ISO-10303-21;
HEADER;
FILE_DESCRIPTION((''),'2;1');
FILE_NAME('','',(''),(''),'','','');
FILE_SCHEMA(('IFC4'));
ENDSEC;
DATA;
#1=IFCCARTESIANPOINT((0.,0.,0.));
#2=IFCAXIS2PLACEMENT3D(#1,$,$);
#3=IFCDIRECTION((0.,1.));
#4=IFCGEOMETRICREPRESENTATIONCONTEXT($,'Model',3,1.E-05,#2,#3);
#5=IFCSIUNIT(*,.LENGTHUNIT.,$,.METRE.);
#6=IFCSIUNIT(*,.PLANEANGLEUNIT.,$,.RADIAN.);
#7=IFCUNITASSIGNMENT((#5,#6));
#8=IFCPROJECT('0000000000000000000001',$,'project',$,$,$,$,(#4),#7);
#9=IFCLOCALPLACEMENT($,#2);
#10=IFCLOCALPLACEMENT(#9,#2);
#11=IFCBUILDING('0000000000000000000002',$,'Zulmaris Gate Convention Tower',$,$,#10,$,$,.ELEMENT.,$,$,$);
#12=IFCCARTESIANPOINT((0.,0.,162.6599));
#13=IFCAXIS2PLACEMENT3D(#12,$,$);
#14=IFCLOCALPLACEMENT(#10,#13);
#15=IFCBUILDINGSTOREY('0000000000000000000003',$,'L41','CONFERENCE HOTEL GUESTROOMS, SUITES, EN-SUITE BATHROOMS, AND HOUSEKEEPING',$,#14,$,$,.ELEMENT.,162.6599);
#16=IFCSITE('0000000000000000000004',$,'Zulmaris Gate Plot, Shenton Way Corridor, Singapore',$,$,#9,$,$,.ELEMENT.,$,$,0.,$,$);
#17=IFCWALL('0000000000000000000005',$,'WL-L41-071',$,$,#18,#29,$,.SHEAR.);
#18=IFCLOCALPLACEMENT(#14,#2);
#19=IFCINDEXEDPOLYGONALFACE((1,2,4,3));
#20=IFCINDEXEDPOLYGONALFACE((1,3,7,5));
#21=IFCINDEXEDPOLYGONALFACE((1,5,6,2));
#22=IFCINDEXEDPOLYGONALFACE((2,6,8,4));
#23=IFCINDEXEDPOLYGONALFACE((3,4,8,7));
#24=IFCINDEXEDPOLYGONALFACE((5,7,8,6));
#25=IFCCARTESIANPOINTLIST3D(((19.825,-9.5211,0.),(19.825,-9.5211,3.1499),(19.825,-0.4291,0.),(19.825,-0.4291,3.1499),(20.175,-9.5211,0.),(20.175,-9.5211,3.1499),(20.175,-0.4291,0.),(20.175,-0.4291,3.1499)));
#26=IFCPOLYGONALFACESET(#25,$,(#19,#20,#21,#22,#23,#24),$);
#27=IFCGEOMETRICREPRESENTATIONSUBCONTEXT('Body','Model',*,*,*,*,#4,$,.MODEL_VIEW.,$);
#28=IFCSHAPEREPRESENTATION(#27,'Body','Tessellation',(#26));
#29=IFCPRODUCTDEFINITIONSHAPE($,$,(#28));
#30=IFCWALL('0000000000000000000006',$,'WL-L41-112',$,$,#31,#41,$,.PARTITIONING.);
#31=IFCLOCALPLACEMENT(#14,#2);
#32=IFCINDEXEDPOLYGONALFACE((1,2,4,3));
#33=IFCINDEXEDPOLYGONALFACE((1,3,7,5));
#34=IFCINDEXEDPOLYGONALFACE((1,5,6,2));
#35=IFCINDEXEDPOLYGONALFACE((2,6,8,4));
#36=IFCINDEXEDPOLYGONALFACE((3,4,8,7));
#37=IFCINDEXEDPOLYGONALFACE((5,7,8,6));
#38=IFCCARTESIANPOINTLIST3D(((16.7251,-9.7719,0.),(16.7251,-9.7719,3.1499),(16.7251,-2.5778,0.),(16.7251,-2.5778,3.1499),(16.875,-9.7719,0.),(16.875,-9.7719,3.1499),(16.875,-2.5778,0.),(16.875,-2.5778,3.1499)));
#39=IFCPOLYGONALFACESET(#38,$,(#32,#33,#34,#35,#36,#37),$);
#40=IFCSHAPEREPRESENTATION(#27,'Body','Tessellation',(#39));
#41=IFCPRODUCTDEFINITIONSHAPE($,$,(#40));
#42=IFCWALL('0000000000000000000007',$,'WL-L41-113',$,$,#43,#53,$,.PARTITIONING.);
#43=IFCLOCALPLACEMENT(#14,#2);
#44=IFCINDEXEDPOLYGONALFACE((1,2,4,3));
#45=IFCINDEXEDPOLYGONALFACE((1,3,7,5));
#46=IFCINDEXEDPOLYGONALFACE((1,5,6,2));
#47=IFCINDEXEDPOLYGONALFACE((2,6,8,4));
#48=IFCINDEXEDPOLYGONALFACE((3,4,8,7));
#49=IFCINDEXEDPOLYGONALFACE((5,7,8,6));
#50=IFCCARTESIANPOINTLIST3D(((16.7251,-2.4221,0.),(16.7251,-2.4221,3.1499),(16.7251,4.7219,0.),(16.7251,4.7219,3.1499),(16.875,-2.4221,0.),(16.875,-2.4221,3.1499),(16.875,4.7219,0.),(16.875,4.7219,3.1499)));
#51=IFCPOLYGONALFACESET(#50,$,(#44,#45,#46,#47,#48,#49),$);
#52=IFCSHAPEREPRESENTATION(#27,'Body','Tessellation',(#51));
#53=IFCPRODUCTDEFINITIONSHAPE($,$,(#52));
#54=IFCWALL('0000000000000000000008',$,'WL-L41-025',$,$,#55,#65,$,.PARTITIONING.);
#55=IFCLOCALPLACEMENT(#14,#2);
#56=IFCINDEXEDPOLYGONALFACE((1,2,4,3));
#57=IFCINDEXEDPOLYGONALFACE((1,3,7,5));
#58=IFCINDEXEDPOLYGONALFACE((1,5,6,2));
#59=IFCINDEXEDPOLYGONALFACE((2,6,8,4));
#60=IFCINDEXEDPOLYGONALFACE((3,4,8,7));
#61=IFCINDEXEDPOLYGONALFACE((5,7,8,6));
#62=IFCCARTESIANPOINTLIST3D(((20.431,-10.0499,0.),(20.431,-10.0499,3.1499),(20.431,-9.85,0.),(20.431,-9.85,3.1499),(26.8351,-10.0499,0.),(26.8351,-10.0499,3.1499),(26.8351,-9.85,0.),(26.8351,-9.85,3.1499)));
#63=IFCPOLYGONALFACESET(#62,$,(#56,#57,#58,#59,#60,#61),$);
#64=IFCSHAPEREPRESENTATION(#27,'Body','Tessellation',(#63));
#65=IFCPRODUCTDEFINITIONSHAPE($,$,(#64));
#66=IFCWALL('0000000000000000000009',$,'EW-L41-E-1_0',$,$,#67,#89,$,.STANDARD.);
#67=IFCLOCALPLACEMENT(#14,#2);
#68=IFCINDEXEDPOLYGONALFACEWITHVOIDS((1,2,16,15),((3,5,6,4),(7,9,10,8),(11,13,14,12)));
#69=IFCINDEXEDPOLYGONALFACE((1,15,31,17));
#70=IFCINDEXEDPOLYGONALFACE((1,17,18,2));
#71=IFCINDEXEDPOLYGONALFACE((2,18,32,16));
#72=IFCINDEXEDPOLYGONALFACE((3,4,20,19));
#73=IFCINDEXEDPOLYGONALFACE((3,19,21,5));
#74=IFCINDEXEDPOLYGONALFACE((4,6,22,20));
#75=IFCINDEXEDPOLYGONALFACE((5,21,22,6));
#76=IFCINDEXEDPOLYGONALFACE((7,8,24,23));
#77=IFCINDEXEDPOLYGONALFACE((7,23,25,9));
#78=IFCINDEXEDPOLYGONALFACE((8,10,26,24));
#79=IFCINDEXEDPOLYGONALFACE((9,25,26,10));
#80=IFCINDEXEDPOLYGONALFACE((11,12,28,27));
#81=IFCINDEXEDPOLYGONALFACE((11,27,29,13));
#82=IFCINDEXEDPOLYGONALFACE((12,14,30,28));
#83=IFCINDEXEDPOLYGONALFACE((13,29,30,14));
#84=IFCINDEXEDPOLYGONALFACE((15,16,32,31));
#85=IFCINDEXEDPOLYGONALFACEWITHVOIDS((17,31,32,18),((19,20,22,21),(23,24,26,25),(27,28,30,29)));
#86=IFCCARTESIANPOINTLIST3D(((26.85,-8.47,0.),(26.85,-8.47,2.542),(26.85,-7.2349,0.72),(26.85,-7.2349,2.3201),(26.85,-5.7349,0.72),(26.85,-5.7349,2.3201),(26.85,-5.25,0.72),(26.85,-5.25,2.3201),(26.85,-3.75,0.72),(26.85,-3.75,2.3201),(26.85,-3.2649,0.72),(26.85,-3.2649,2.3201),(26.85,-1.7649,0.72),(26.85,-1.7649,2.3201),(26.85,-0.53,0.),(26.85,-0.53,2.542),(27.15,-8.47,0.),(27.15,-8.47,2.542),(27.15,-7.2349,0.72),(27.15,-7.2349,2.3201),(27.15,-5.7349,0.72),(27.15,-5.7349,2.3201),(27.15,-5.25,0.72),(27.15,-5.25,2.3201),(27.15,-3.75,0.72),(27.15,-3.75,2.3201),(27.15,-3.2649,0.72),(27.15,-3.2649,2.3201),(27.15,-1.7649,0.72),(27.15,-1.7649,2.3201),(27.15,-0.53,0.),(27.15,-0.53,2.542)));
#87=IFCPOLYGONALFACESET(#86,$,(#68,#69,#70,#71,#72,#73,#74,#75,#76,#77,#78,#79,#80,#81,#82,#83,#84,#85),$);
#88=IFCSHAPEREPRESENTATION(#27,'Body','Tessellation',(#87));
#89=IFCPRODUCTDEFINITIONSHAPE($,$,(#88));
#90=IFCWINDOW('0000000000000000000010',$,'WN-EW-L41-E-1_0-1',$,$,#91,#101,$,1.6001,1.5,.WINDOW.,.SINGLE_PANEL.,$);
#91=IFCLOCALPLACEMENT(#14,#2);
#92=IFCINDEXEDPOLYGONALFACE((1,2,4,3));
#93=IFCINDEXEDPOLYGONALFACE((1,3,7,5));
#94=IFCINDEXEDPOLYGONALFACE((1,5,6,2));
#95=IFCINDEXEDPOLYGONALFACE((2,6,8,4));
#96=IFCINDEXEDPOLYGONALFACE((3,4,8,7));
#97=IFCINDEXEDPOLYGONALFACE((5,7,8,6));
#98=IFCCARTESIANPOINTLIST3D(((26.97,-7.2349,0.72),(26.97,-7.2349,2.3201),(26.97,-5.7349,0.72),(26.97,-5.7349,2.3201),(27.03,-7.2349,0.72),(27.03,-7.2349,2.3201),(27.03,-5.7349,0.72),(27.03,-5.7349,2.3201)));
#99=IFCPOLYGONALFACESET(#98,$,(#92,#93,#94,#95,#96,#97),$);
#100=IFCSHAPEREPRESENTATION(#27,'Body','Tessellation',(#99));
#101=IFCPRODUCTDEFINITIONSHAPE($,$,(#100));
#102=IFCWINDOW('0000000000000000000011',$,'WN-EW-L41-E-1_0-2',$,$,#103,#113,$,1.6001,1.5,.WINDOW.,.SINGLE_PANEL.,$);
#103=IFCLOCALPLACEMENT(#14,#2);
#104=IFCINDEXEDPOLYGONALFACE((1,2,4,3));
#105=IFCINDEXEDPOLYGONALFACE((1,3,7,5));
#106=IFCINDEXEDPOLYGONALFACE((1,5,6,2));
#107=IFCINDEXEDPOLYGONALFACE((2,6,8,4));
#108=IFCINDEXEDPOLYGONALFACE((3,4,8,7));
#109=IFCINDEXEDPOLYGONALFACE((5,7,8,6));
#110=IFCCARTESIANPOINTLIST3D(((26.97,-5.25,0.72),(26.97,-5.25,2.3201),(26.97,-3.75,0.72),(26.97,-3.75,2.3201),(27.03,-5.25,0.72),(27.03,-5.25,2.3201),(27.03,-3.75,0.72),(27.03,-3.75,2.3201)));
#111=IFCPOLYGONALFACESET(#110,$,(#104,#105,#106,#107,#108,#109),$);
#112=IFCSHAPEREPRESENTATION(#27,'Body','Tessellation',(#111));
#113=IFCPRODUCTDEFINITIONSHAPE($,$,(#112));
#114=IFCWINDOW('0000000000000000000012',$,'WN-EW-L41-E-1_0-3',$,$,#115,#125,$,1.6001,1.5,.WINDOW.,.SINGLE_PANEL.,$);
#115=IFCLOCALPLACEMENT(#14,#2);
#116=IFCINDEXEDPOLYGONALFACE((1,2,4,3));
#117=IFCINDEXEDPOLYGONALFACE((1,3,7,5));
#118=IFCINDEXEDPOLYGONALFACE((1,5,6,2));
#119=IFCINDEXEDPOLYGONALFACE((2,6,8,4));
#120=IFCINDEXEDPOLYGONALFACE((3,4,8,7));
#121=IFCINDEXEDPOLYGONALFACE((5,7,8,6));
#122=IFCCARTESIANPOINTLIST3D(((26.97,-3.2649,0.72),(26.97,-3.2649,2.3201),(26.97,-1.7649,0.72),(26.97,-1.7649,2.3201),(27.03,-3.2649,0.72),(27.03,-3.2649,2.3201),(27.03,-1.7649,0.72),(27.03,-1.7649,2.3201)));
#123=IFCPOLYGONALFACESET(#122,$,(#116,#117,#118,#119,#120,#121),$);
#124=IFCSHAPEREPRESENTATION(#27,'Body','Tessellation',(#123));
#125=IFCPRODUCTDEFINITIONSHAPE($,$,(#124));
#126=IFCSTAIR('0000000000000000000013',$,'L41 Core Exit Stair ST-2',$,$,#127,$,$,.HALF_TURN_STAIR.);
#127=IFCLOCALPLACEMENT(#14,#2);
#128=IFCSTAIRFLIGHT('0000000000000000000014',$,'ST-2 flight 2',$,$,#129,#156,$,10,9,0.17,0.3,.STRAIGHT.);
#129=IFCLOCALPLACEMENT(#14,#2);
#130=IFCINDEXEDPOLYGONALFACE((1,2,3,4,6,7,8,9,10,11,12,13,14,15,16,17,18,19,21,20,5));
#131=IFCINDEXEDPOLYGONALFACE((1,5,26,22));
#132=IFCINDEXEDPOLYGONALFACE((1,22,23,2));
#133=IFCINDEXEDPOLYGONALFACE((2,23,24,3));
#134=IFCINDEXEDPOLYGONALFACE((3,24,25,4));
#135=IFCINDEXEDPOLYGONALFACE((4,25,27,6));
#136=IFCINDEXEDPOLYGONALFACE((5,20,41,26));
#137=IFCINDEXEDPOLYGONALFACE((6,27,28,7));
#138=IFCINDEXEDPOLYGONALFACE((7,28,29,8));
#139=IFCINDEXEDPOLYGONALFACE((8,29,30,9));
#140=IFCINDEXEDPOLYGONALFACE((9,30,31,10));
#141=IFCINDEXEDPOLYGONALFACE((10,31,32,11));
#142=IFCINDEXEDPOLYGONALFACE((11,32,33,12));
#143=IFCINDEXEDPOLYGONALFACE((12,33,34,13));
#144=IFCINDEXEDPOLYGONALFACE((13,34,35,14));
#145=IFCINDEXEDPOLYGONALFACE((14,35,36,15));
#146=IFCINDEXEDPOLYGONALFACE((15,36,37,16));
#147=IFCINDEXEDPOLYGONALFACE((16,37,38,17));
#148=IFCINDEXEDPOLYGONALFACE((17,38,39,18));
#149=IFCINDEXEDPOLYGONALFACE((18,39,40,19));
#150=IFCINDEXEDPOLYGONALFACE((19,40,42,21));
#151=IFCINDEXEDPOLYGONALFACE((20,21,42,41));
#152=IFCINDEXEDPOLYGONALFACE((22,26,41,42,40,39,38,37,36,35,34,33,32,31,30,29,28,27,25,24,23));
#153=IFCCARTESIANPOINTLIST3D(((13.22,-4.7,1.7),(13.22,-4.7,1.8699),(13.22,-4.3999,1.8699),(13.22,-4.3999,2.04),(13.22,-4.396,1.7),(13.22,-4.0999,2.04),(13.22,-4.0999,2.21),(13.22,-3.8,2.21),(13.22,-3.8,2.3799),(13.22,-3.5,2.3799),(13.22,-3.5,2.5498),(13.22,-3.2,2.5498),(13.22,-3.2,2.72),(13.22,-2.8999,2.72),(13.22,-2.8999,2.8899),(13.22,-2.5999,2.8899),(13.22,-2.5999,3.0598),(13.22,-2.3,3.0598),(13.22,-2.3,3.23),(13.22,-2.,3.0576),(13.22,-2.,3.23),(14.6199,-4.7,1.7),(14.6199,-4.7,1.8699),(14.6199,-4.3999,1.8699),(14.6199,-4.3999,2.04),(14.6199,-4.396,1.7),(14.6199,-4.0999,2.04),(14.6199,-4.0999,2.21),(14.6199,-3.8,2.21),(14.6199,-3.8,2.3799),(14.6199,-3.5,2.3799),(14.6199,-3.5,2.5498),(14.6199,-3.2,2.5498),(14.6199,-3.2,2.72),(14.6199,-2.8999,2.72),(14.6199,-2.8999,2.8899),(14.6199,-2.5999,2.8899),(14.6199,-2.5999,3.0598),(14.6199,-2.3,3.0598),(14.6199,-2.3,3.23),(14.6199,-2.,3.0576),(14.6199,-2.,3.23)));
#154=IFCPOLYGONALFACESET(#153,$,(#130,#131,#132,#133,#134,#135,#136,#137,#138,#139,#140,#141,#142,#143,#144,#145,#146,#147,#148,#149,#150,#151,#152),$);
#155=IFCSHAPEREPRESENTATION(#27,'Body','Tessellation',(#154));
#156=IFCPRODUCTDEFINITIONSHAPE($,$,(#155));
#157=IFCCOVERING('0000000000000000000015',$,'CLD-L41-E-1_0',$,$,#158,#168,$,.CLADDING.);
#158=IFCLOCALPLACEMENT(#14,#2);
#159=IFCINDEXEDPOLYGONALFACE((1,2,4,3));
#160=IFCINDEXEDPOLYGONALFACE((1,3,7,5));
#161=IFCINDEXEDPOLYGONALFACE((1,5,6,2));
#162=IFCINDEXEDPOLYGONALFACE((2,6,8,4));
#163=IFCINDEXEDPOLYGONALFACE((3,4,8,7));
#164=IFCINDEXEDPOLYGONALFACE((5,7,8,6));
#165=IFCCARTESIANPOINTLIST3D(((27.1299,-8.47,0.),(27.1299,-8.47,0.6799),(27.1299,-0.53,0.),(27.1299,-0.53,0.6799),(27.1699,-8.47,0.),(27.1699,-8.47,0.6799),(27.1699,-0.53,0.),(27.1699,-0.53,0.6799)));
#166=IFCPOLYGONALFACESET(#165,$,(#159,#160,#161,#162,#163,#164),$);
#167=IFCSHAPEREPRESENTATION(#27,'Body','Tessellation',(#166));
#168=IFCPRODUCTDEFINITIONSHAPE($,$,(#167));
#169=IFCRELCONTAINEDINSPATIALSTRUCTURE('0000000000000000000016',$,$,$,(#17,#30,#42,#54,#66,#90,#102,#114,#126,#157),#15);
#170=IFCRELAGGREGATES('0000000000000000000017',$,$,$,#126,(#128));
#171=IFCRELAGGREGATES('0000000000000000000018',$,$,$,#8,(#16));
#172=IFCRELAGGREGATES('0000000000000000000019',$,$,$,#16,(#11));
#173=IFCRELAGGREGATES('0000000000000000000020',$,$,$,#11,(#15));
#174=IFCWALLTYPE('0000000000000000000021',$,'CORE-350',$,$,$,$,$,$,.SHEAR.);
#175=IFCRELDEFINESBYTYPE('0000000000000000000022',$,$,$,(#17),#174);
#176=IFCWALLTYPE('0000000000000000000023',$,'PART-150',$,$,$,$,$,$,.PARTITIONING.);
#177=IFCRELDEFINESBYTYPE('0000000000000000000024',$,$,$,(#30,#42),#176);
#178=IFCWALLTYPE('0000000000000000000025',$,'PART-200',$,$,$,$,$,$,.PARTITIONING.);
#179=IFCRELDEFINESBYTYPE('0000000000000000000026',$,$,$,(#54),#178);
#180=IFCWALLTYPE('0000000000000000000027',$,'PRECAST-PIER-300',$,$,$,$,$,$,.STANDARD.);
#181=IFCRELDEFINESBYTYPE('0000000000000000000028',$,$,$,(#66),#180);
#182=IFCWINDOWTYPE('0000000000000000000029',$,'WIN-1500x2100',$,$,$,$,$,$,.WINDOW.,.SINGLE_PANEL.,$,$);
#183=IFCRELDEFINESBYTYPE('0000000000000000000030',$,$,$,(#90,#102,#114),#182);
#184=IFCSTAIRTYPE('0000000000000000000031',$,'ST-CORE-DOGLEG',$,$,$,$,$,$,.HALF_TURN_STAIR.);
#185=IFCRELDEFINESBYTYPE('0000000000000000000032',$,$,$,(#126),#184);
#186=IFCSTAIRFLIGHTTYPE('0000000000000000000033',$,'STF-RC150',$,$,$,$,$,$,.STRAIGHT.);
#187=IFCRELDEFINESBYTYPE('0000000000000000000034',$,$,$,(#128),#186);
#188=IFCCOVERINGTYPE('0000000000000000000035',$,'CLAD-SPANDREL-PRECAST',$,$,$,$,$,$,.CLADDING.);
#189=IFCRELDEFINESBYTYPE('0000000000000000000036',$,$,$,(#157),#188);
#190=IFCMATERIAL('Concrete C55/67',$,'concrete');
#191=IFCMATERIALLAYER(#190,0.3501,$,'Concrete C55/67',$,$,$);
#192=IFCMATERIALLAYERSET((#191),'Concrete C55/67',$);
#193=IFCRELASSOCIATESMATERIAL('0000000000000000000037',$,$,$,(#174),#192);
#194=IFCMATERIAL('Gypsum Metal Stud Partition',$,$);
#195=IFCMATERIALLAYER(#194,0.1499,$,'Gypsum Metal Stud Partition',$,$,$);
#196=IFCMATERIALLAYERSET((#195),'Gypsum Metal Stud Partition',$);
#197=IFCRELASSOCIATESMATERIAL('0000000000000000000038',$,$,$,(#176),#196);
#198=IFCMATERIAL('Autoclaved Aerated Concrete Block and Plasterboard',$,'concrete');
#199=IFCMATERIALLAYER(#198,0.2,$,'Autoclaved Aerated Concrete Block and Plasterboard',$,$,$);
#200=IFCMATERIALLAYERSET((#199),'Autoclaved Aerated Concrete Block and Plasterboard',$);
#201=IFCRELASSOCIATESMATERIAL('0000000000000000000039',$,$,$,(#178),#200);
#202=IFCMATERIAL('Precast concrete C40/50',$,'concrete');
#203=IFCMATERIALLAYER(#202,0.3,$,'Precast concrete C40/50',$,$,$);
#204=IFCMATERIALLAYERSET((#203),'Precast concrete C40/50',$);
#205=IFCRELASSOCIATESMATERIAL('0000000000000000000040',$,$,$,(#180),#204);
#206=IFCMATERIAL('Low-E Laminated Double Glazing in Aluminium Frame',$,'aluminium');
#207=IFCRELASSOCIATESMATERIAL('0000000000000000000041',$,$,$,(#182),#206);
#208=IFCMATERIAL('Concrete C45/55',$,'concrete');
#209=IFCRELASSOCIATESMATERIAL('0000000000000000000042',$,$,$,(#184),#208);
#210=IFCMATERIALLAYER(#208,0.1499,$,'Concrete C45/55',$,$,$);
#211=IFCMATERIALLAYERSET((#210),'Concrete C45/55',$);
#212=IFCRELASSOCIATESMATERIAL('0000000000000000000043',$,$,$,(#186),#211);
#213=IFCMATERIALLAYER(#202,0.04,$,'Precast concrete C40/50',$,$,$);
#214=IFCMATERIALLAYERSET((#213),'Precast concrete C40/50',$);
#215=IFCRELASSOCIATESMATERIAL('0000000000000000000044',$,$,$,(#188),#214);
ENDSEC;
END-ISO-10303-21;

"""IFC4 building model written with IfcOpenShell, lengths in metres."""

from ifc_helpers import new_model, si_unit, direction, frame, frame_2d, origin, place, context, subcontext, project, spatial, polyline, rectangle, outline, extrude, material, layer, layer_set, type_object, element, fill, aggregate, save


model = new_model("IFC4")

# Units and contexts
model_context = context("Model", 3, precision=1e-05, world=origin(), true_north=direction((0.0, 1.0)))
body_context = subcontext(model_context, "Body", "Model", "MODEL_VIEW")
ifc_project = project(units=[si_unit("LENGTHUNIT", "METRE"), si_unit("PLANEANGLEUNIT", "RADIAN")], contexts=[model_context])

# Site, building, storey
site_placement = place(None, origin())
site = spatial("IfcSite", under=ifc_project, at=site_placement, Name="Zulmaris Gate Plot, Shenton Way Corridor, Singapore", CompositionType="ELEMENT", RefElevation=0.0)
building_placement = place(site_placement, origin())
building = spatial("IfcBuilding", under=site, at=building_placement, Name="Zulmaris Gate Convention Tower", CompositionType="ELEMENT")
storey_placement = place(building_placement, frame((0.0, 0.0, 162.6599)))
storey = spatial("IfcBuildingStorey", under=building, at=storey_placement, Name="L41", Description="CONFERENCE HOTEL GUESTROOMS, SUITES, EN-SUITE BATHROOMS, AND HOUSEKEEPING", CompositionType="ELEMENT", Elevation=162.6599)

# Wall
ifc_material_1 = material(Name="Concrete C55/67", Category="concrete")
ifc_layer_1 = layer(ifc_material_1, 0.3501, Name="Concrete C55/67")
ifc_layer_set_1 = layer_set([ifc_layer_1], Name="Concrete C55/67")
wall_type_1 = type_object("IfcWallType", Name="CORE-350", PredefinedType="SHEAR", material=ifc_layer_set_1)
wall_1_placement = place(storey_placement, frame((20.0, -9.521, 0.0), z_axis=(0.0, 0.0, 1.0), x_axis=(0.0, 1.0, 0.0)))
element("IfcWall", 1, at=wall_1_placement, inside=storey, type_object=wall_type_1, Name="WL-L41-071", PredefinedType="SHEAR", context=body_context, shape_type="SweptSolid", body=[
    extrude(rectangle(XDim=9.092, YDim=0.3501, at=frame_2d((4.5459, 0.0))), origin(), (0.0, 0.0, 1.0), 3.1499),
])

# Shared definitions
ifc_material_2 = material(Name="Gypsum Metal Stud Partition")
ifc_layer_2 = layer(ifc_material_2, 0.1499, Name="Gypsum Metal Stud Partition")
ifc_layer_set_2 = layer_set([ifc_layer_2], Name="Gypsum Metal Stud Partition")
wall_type_2 = type_object("IfcWallType", Name="PART-150", PredefinedType="PARTITIONING", material=ifc_layer_set_2)

# Walls
wall_2_placement = place(storey_placement, frame((16.8, -9.772, 0.0), z_axis=(0.0, 0.0, 1.0), x_axis=(0.0, 1.0, 0.0)))
element("IfcWall", 2, at=wall_2_placement, inside=storey, type_object=wall_type_2, Name="WL-L41-112", PredefinedType="PARTITIONING", context=body_context, shape_type="SweptSolid", body=[
    extrude(rectangle(XDim=7.1941, YDim=0.1499, at=frame_2d((3.5972, 0.0))), origin(), (0.0, 0.0, 1.0), 3.1499),
])
wall_3_placement = place(storey_placement, frame((16.8, -2.4221, 0.0), z_axis=(0.0, 0.0, 1.0), x_axis=(0.0, 1.0, 0.0)))
element("IfcWall", 3, at=wall_3_placement, inside=storey, type_object=wall_type_2, Name="WL-L41-113", PredefinedType="PARTITIONING", context=body_context, shape_type="SweptSolid", body=[
    extrude(rectangle(XDim=7.144, YDim=0.1499, at=frame_2d((3.572, 0.0))), origin(), (0.0, 0.0, 1.0), 3.1499),
])
ifc_material_3 = material(Name="Autoclaved Aerated Concrete Block and Plasterboard", Category="concrete")
ifc_layer_3 = layer(ifc_material_3, 0.2, Name="Autoclaved Aerated Concrete Block and Plasterboard")
ifc_layer_set_3 = layer_set([ifc_layer_3], Name="Autoclaved Aerated Concrete Block and Plasterboard")
wall_type_3 = type_object("IfcWallType", Name="PART-200", PredefinedType="PARTITIONING", material=ifc_layer_set_3)
wall_4_placement = place(storey_placement, frame((20.4309, -9.95, 0.0), z_axis=(0.0, 0.0, 1.0), x_axis=(1.0, 0.0, 0.0)))
element("IfcWall", 4, at=wall_4_placement, inside=storey, type_object=wall_type_3, Name="WL-L41-025", PredefinedType="PARTITIONING", context=body_context, shape_type="SweptSolid", body=[
    extrude(rectangle(XDim=6.4041, YDim=0.2, at=frame_2d((3.2021, 0.0))), origin(), (0.0, 0.0, 1.0), 3.1499),
])

# Wall, openings, windows
ifc_material_4 = material(Name="Precast concrete C40/50", Category="concrete")
ifc_layer_4 = layer(ifc_material_4, 0.3, Name="Precast concrete C40/50")
ifc_layer_set_4 = layer_set([ifc_layer_4], Name="Precast concrete C40/50")
wall_type_4 = type_object("IfcWallType", Name="PRECAST-PIER-300", PredefinedType="STANDARD", material=ifc_layer_set_4)
wall_5_placement = place(storey_placement, frame((27.0, -8.47, 0.0), z_axis=(0.0, 0.0, 1.0), x_axis=(0.0, 1.0, 0.0)))
wall_5 = element("IfcWall", 5, at=wall_5_placement, inside=storey, type_object=wall_type_4, Name="EW-L41-E-1_0", PredefinedType="STANDARD", context=body_context, shape_type="SweptSolid", body=[
    extrude(rectangle(XDim=7.9399, YDim=0.3, at=frame_2d((3.97, 0.0))), origin(), (0.0, 0.0, 1.0), 2.542),
])
opening_1_placement = place(wall_5_placement, frame((1.2351, 0.0, 0.72)))
opening_1 = element("IfcOpeningElement", 6, at=opening_1_placement, cuts=wall_5, PredefinedType="OPENING", context=body_context, shape_type="SweptSolid", body=[
    extrude(rectangle(XDim=1.5, YDim=1.6001, at=frame_2d((0.75, 0.8))), frame((0.0, 0.1602, 0.0), z_axis=(0.0, -1.0, 0.0), x_axis=(1.0, 0.0, 0.0)), (0.0, 0.0, 1.0), 0.3201),
])
opening_2_placement = place(wall_5_placement, frame((3.22, 0.0, 0.72)))
opening_2 = element("IfcOpeningElement", 7, at=opening_2_placement, cuts=wall_5, PredefinedType="OPENING", context=body_context, shape_type="SweptSolid", body=[
    extrude(rectangle(XDim=1.5, YDim=1.6001, at=frame_2d((0.75, 0.8))), frame((0.0, 0.1602, 0.0), z_axis=(0.0, -1.0, 0.0), x_axis=(1.0, 0.0, 0.0)), (0.0, 0.0, 1.0), 0.3201),
])
opening_3_placement = place(wall_5_placement, frame((5.2051, 0.0, 0.72)))
opening_3 = element("IfcOpeningElement", 8, at=opening_3_placement, cuts=wall_5, PredefinedType="OPENING", context=body_context, shape_type="SweptSolid", body=[
    extrude(rectangle(XDim=1.5, YDim=1.6001, at=frame_2d((0.75, 0.8))), frame((0.0, 0.1602, 0.0), z_axis=(0.0, -1.0, 0.0), x_axis=(1.0, 0.0, 0.0)), (0.0, 0.0, 1.0), 0.3201),
])
ifc_material_5 = material(Name="Low-E Laminated Double Glazing in Aluminium Frame", Category="aluminium")
window_type = type_object("IfcWindowType", Name="WIN-1500x2100", PartitioningType="SINGLE_PANEL", PredefinedType="WINDOW", material=ifc_material_5)
window_1_placement = place(opening_1_placement, origin())
window_1 = element("IfcWindow", 9, at=window_1_placement, inside=storey, type_object=window_type, Name="WN-EW-L41-E-1_0-1", OverallHeight=1.6001, OverallWidth=1.5, PartitioningType="SINGLE_PANEL", PredefinedType="WINDOW", context=body_context, shape_type="SweptSolid", body=[
    extrude(rectangle(XDim=1.5, YDim=1.6001, at=frame_2d((0.75, 0.8))), frame((0.0, 0.03, 0.0), z_axis=(0.0, -1.0, 0.0), x_axis=(1.0, 0.0, 0.0)), (0.0, 0.0, 1.0), 0.0601),
])
fill(opening_1, window_1)
window_2_placement = place(opening_2_placement, origin())
window_2 = element("IfcWindow", 10, at=window_2_placement, inside=storey, type_object=window_type, Name="WN-EW-L41-E-1_0-2", OverallHeight=1.6001, OverallWidth=1.5, PartitioningType="SINGLE_PANEL", PredefinedType="WINDOW", context=body_context, shape_type="SweptSolid", body=[
    extrude(rectangle(XDim=1.5, YDim=1.6001, at=frame_2d((0.75, 0.8))), frame((0.0, 0.03, 0.0), z_axis=(0.0, -1.0, 0.0), x_axis=(1.0, 0.0, 0.0)), (0.0, 0.0, 1.0), 0.0601),
])
fill(opening_2, window_2)
window_3_placement = place(opening_3_placement, origin())
window_3 = element("IfcWindow", 11, at=window_3_placement, inside=storey, type_object=window_type, Name="WN-EW-L41-E-1_0-3", OverallHeight=1.6001, OverallWidth=1.5, PartitioningType="SINGLE_PANEL", PredefinedType="WINDOW", context=body_context, shape_type="SweptSolid", body=[
    extrude(rectangle(XDim=1.5, YDim=1.6001, at=frame_2d((0.75, 0.8))), frame((0.0, 0.03, 0.0), z_axis=(0.0, -1.0, 0.0), x_axis=(1.0, 0.0, 0.0)), (0.0, 0.0, 1.0), 0.0601),
])
fill(opening_3, window_3)

# Stair, stair flight
ifc_material_6 = material(Name="Concrete C45/55", Category="concrete")
stair_type = type_object("IfcStairType", Name="ST-CORE-DOGLEG", PredefinedType="HALF_TURN_STAIR", material=ifc_material_6)
stair_placement = place(storey_placement, origin())
stair = element("IfcStair", 12, at=stair_placement, inside=storey, type_object=stair_type, Name="L41 Core Exit Stair ST-2", PredefinedType="HALF_TURN_STAIR")
ifc_layer_5 = layer(ifc_material_6, 0.1499, Name="Concrete C45/55")
ifc_layer_set_5 = layer_set([ifc_layer_5], Name="Concrete C45/55")
stair_flight_type = type_object("IfcStairFlightType", Name="STF-RC150", PredefinedType="STRAIGHT", material=ifc_layer_set_5)
stair_flight_placement = place(storey_placement, frame((13.9199, -4.7, 1.7), z_axis=(0.0, 0.0, 1.0), x_axis=(0.0, 1.0, 0.0)))
stair_flight = element("IfcStairFlight", 13, at=stair_flight_placement, type_object=stair_flight_type, Name="ST-2 flight 2", NumberOfRisers=10, NumberOfTreads=9, PredefinedType="STRAIGHT", RiserHeight=0.17, TreadLength=0.3, context=body_context, shape_type="SweptSolid", body=[
    extrude(outline(polyline([(0.0, 0.0), (0.0, 0.1699), (0.3, 0.1699), (0.3, 0.3401), (0.6001, 0.3401), (0.6001, 0.51), (0.8999, 0.51), (0.8999, 0.6799), (1.2, 0.6799), (1.2, 0.8499), (1.5, 0.8499), (1.5, 1.02), (1.8, 1.02), (1.8, 1.1899), (2.1001, 1.1899), (2.1001, 1.3599), (2.3999, 1.3599), (2.3999, 1.53), (2.7, 1.53), (2.7, 1.7), (2.7, 1.3577), (0.304, 0.0), (0.0, 0.0)])), frame((0.0, 0.7, 0.0), z_axis=(0.0, -1.0, 0.0), x_axis=(1.0, 0.0, 0.0)), (0.0, 0.0, 1.0), 1.3999),
])
aggregate(stair, [stair_flight])

# Covering
ifc_layer_6 = layer(ifc_material_4, 0.04, Name="Precast concrete C40/50")
ifc_layer_set_6 = layer_set([ifc_layer_6], Name="Precast concrete C40/50")
covering_type = type_object("IfcCoveringType", Name="CLAD-SPANDREL-PRECAST", PredefinedType="CLADDING", material=ifc_layer_set_6)
covering_placement = place(storey_placement, frame((27.1499, -8.47, 0.0), z_axis=(0.0, 0.0, 1.0), x_axis=(0.0, 1.0, 0.0)))
element("IfcCovering", 14, at=covering_placement, inside=storey, type_object=covering_type, Name="CLD-L41-E-1_0", PredefinedType="CLADDING", context=body_context, shape_type="SweptSolid", body=[
    extrude(rectangle(XDim=7.9399, YDim=0.04, at=frame_2d((3.97, 0.0))), origin(), (0.0, 0.0, 1.0), 0.6799),
])

save(model, "model.ifc")
